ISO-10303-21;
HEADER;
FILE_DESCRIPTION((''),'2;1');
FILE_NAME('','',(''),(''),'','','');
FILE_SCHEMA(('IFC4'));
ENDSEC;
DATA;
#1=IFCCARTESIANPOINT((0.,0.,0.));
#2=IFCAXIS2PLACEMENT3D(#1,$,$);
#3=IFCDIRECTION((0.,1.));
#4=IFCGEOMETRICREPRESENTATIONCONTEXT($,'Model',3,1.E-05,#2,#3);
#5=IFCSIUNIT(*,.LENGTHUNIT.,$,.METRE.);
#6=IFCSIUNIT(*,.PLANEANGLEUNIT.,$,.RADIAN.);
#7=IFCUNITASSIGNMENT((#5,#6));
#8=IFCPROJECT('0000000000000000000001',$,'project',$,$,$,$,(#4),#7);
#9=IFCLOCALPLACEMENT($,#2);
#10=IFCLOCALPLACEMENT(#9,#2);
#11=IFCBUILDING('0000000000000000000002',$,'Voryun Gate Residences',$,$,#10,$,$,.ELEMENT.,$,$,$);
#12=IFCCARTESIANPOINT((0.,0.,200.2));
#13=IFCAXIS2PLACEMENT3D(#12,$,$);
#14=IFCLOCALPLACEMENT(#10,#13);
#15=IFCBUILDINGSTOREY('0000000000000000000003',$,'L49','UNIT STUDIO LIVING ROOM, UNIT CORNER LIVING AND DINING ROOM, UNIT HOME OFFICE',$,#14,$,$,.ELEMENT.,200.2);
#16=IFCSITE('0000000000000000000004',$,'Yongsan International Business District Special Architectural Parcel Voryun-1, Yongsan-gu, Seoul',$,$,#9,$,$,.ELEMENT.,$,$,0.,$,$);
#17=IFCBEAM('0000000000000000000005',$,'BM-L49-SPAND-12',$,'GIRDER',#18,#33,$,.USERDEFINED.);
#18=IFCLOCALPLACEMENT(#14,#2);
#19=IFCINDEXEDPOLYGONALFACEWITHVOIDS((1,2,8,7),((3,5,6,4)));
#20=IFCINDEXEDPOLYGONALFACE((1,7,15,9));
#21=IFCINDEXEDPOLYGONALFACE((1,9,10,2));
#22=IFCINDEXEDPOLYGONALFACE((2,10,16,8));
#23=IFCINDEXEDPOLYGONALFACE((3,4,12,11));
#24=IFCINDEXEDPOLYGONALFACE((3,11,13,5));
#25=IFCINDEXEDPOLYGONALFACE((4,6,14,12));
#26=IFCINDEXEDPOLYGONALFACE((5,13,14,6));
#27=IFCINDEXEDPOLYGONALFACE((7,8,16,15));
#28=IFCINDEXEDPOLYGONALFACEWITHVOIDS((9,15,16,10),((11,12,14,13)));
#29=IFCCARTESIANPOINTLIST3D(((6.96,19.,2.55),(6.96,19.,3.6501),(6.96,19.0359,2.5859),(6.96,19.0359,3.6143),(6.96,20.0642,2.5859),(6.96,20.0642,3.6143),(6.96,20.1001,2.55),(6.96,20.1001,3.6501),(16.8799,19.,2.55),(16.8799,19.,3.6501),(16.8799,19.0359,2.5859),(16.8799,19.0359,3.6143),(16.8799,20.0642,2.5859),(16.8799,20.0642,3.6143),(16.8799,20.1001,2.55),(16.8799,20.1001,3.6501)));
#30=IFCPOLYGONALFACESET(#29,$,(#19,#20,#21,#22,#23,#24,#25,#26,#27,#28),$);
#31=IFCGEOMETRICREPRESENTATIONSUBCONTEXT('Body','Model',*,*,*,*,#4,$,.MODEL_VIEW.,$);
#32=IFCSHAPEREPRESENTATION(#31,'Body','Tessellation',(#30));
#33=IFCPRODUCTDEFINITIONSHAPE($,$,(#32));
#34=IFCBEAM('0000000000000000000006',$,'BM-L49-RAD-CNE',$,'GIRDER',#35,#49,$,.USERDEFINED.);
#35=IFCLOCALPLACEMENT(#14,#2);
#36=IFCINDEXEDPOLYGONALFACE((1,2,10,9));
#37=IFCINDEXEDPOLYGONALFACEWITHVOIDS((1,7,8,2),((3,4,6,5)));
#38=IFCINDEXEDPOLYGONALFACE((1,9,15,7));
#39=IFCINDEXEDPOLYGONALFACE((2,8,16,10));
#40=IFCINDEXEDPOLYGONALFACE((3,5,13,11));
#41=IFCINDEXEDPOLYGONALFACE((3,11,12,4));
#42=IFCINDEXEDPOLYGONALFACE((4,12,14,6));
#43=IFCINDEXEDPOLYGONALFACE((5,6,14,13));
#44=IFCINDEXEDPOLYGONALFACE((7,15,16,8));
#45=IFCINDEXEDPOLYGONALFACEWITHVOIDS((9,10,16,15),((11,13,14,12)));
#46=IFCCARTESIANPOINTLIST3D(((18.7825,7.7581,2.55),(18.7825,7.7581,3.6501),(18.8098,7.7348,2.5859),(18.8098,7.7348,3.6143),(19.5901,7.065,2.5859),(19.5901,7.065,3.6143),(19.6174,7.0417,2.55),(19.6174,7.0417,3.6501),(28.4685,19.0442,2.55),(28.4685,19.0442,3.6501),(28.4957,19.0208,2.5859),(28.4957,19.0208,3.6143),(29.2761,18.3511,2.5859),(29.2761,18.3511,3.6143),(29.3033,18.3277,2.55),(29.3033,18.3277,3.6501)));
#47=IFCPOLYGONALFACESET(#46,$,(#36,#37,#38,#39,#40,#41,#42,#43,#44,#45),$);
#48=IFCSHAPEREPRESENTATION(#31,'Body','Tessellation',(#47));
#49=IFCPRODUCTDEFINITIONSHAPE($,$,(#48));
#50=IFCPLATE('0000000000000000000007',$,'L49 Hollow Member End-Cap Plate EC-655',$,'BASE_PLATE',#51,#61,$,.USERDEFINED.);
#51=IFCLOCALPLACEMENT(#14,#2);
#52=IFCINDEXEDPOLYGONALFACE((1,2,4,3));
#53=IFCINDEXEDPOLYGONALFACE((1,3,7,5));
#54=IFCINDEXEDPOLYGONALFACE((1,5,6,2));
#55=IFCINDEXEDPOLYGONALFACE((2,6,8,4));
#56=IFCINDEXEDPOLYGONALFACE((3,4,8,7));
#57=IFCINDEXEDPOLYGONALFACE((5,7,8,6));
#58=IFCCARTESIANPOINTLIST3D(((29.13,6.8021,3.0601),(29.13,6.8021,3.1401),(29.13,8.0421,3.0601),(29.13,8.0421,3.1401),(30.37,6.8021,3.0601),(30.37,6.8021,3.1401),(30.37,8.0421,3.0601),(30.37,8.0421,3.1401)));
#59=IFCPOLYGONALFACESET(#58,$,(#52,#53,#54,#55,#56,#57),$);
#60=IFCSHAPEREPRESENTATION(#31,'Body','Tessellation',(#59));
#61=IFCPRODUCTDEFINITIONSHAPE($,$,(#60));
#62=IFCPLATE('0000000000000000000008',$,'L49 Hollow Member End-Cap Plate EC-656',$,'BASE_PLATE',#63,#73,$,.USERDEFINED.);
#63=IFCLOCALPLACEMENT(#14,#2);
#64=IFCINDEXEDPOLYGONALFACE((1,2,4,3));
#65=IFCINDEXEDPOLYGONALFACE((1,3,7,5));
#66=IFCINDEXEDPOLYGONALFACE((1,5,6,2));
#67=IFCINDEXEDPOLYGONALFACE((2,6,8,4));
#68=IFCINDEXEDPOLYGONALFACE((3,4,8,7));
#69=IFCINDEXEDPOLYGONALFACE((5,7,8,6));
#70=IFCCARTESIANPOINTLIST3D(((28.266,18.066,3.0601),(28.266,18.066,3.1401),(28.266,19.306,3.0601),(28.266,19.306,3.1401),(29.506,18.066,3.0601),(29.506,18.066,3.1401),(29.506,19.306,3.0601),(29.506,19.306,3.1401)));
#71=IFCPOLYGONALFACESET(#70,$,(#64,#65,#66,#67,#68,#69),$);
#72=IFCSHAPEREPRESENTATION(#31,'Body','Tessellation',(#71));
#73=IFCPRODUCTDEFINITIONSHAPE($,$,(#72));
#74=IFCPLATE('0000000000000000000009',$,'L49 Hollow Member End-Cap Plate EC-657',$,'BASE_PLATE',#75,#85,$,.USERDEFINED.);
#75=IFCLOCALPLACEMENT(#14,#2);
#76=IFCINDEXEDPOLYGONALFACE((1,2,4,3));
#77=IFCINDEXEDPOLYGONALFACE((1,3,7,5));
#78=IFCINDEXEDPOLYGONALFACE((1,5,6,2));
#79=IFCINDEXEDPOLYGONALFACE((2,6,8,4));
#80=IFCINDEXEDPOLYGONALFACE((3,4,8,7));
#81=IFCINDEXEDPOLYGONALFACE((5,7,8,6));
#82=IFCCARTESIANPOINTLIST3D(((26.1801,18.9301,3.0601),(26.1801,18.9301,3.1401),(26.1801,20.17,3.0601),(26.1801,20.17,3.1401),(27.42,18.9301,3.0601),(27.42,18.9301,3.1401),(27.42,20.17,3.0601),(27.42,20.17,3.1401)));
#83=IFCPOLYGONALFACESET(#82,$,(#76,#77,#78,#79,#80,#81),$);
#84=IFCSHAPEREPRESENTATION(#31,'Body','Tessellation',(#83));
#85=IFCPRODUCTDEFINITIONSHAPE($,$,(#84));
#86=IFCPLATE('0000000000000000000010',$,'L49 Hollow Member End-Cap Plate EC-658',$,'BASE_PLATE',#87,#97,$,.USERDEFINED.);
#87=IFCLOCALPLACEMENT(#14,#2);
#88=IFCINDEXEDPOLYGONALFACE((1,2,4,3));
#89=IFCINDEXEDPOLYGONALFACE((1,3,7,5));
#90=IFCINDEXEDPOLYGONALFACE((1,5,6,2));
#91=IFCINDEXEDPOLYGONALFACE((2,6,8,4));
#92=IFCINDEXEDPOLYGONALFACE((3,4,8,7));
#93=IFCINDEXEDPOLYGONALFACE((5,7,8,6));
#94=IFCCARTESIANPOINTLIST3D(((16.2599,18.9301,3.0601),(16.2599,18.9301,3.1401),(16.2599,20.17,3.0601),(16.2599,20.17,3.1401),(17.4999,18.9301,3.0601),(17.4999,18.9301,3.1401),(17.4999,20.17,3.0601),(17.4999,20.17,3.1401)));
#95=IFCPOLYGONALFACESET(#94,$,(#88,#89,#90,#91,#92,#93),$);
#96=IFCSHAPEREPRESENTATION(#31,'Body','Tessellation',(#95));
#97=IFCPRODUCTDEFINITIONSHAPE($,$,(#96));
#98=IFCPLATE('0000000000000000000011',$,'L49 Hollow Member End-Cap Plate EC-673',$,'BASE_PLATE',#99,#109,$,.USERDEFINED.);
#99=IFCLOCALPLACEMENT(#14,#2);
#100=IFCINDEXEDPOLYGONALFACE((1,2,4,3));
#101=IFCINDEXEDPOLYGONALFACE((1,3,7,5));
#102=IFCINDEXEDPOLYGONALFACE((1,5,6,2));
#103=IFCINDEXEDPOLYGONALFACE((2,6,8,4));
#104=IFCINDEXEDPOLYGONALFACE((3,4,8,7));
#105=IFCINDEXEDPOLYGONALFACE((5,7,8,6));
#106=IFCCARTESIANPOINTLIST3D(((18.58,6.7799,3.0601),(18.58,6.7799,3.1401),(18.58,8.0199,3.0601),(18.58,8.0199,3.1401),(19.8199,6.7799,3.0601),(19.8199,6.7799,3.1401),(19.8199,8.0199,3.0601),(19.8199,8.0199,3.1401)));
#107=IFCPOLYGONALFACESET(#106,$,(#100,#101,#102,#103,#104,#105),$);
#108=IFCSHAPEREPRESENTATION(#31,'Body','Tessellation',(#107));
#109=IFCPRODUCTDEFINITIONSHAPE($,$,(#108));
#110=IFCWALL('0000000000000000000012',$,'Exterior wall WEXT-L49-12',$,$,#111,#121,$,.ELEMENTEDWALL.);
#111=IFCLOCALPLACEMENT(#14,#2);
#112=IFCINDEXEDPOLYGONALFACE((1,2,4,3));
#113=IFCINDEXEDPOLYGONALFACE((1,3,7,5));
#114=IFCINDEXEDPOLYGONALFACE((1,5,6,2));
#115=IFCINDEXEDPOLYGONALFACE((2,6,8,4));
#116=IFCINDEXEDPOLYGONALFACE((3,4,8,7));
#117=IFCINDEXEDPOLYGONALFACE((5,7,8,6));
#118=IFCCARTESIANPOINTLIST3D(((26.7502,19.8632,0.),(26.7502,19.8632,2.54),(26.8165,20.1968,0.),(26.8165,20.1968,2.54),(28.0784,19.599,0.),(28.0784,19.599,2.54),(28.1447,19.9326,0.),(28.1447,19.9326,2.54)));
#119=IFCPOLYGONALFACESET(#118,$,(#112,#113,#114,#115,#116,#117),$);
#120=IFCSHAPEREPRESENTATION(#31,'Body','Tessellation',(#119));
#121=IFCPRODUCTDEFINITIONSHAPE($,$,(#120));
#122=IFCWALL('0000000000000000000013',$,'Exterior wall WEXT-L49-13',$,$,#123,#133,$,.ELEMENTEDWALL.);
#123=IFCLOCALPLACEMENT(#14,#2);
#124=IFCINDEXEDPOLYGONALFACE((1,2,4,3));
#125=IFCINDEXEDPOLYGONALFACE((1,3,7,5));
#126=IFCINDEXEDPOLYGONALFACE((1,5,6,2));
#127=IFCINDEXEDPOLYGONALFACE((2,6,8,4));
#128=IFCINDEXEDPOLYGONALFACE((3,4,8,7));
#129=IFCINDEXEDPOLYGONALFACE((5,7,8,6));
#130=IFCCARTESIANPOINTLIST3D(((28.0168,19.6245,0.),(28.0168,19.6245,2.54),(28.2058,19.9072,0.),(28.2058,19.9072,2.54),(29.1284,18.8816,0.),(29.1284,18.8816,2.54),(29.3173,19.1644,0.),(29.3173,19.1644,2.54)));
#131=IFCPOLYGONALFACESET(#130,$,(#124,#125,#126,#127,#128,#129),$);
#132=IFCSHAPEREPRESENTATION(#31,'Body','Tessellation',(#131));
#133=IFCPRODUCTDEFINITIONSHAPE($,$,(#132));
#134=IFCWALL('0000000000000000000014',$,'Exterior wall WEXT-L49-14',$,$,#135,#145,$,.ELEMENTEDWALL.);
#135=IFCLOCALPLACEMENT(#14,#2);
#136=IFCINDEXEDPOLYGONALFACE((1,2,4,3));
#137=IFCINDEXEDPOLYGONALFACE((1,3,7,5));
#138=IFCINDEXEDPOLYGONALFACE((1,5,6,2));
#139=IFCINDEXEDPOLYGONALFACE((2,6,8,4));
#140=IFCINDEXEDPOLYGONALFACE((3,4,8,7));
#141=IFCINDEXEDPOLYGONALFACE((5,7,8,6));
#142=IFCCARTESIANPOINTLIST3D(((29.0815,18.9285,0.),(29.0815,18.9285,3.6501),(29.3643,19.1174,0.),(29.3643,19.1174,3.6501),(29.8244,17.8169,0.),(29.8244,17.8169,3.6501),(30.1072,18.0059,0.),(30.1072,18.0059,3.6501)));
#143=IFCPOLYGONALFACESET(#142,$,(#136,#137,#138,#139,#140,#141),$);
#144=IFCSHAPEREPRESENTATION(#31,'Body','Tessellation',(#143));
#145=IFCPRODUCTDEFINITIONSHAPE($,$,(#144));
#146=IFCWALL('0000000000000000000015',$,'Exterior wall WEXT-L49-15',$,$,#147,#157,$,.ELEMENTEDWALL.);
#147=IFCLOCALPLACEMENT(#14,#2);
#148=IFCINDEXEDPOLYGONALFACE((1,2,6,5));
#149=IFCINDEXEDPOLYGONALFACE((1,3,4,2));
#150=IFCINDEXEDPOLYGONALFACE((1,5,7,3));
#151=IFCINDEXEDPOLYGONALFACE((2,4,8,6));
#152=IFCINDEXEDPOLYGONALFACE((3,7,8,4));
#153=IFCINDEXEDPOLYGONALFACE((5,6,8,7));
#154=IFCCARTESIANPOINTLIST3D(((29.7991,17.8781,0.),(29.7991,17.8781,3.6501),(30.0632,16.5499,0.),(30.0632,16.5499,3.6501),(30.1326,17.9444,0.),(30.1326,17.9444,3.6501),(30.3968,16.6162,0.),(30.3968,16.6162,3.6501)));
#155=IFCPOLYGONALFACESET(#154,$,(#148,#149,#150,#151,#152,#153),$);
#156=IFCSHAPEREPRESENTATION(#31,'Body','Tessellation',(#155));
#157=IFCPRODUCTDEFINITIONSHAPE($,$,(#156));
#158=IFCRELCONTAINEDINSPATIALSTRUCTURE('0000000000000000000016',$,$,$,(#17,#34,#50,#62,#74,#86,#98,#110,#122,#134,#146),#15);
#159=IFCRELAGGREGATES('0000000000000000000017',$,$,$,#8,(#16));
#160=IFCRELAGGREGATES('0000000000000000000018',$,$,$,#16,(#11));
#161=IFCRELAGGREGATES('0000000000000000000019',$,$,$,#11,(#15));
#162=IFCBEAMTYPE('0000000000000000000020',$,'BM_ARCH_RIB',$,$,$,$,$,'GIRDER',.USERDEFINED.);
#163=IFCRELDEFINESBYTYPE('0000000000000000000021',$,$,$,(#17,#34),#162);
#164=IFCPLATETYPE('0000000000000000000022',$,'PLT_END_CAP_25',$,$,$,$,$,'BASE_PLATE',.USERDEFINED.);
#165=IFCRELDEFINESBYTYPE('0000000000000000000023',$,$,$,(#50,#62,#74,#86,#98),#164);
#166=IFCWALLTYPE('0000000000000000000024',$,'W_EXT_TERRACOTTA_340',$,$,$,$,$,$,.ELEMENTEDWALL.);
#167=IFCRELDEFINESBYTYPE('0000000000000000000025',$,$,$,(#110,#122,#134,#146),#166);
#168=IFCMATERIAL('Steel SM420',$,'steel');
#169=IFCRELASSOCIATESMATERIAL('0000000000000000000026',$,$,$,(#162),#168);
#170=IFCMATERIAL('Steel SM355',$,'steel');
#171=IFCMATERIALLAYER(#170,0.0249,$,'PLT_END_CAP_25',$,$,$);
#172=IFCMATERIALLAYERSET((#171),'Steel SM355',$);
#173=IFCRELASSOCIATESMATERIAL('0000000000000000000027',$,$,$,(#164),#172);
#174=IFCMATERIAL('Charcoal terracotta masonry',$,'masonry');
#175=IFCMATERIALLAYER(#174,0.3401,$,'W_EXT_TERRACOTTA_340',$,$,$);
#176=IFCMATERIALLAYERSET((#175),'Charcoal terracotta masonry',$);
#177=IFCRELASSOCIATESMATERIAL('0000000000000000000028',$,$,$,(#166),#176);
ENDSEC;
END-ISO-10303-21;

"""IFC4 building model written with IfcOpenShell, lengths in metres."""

from ifc_helpers import new_model, si_unit, direction, frame, frame_2d, origin, origin_2d, place, context, subcontext, project, spatial, rectangle, hollow_rectangle, extrude, material, layer, layer_set, material_profile, profile_set, type_object, element, save


model = new_model("IFC4")

# Units and contexts
model_context = context("Model", 3, precision=1e-05, world=origin(), true_north=direction((0.0, 1.0)))
body_context = subcontext(model_context, "Body", "Model", "MODEL_VIEW")
ifc_project = project(units=[si_unit("LENGTHUNIT", "METRE"), si_unit("PLANEANGLEUNIT", "RADIAN")], contexts=[model_context])

# Site, building, storey
site_placement = place(None, origin())
site = spatial("IfcSite", under=ifc_project, at=site_placement, Name="Yongsan International Business District Special Architectural Parcel Voryun-1, Yongsan-gu, Seoul", CompositionType="ELEMENT", RefElevation=0.0)
building_placement = place(site_placement, origin())
building = spatial("IfcBuilding", under=site, at=building_placement, Name="Voryun Gate Residences", CompositionType="ELEMENT")
storey_placement = place(building_placement, frame((0.0, 0.0, 200.2)))
storey = spatial("IfcBuildingStorey", under=building, at=storey_placement, Name="L49", Description="UNIT STUDIO LIVING ROOM, UNIT CORNER LIVING AND DINING ROOM, UNIT HOME OFFICE", CompositionType="ELEMENT", Elevation=200.2)

# Beams
ifc_material_1 = material(Name="Steel SM420", Category="steel")
ifc_material_profile_1 = material_profile(ifc_material_1, hollow_rectangle(XDim=1.1001, YDim=1.1001, WallThickness=0.0359, at=origin_2d()), Name="BOX-1100x1100x36")
ifc_profile_set_1 = profile_set([ifc_material_profile_1], Name="Steel SM420")
beam_type = type_object("IfcBeamType", Name="BM_ARCH_RIB", ElementType="GIRDER", PredefinedType="USERDEFINED", material=ifc_profile_set_1)
beam_1_placement = place(storey_placement, frame((16.8799, 19.55, 3.1001), z_axis=(-1.0, 0.0, 0.0), x_axis=(0.0, -1.0, 0.0)))
element("IfcBeam", 1, at=beam_1_placement, inside=storey, type_object=beam_type, Name="BM-L49-SPAND-12", ObjectType="GIRDER", PredefinedType="USERDEFINED", context=body_context, shape_type="SweptSolid", body=[
    extrude(hollow_rectangle(XDim=1.1001, YDim=1.1001, WallThickness=0.0359, at=origin_2d()), origin(), (0.0, 0.0, 1.0), 9.9199),
])
beam_2_placement = place(storey_placement, frame((19.2, 7.3999, 3.1001), z_axis=(0.651264, 0.758851, 0.0), x_axis=(-0.758851, 0.651264, 0.0)))
element("IfcBeam", 2, at=beam_2_placement, inside=storey, type_object=beam_type, Name="BM-L49-RAD-CNE", ObjectType="GIRDER", PredefinedType="USERDEFINED", context=body_context, shape_type="SweptSolid", body=[
    extrude(hollow_rectangle(XDim=1.1001, YDim=1.1001, WallThickness=0.0359, at=origin_2d()), origin(), (0.0, 0.0, 1.0), 14.8726),
])

# Plates
ifc_material_2 = material(Name="Steel SM355", Category="steel")
ifc_layer_1 = layer(ifc_material_2, 0.0249, Name="PLT_END_CAP_25")
ifc_layer_set_1 = layer_set([ifc_layer_1], Name="Steel SM355")
plate_type = type_object("IfcPlateType", Name="PLT_END_CAP_25", ElementType="BASE_PLATE", PredefinedType="USERDEFINED", material=ifc_layer_set_1)
for number, where, z_axis, x_axis, name in (
    (3, (29.75, 7.4221, 3.0601), (0.0, 0.0, 1.0), (1.0, 0.0, 0.0), "L49 Hollow Member End-Cap Plate EC-655"),
    (4, (28.886, 18.686, 3.0601), (0.0, 0.0, 1.0), (1.0, 0.0, 0.0), "L49 Hollow Member End-Cap Plate EC-656"),
    (5, (26.8, 19.55, 3.0601), (0.0, 0.0, 1.0), (1.0, 0.0, 0.0), "L49 Hollow Member End-Cap Plate EC-657"),
    (6, (16.8799, 19.55, 3.0601), (0.0, 0.0, 1.0), (1.0, 0.0, 0.0), "L49 Hollow Member End-Cap Plate EC-658"),
    (7, (19.2, 7.3999, 3.0601), (0.0, 0.0, 1.0), (1.0, 0.0, 0.0), "L49 Hollow Member End-Cap Plate EC-673"),
):
    element("IfcPlate", number, at=place(storey_placement, frame(where, z_axis=z_axis, x_axis=x_axis)), inside=storey, type_object=plate_type, Name=name, ObjectType="BASE_PLATE", PredefinedType="USERDEFINED", context=body_context, shape_type="SweptSolid", body=[
        extrude(rectangle(XDim=1.24, YDim=1.24, at=origin_2d()), origin(), (0.0, 0.0, 1.0), 0.0801),
    ])

# Walls
ifc_material_3 = material(Name="Charcoal terracotta masonry", Category="masonry")
ifc_layer_2 = layer(ifc_material_3, 0.3401, Name="W_EXT_TERRACOTTA_340")
ifc_layer_set_2 = layer_set([ifc_layer_2], Name="Charcoal terracotta masonry")
wall_type_1 = type_object("IfcWallType", Name="W_EXT_TERRACOTTA_340", PredefinedType="ELEMENTEDWALL", material=ifc_layer_set_2)
wall_1_placement = place(storey_placement, frame((26.7832, 20.03, 0.0), z_axis=(0.0, 0.0, 1.0), x_axis=(0.980788, -0.195076, 0.0)))
element("IfcWall", 8, at=wall_1_placement, inside=storey, type_object=wall_type_1, Name="Exterior wall WEXT-L49-12", PredefinedType="ELEMENTEDWALL", context=body_context, shape_type="SweptSolid", body=[
    extrude(rectangle(XDim=1.3542, YDim=0.3401, at=frame_2d((0.6772, 0.0))), origin(), (0.0, 0.0, 1.0), 2.54),
])
wall_2_placement = place(storey_placement, frame((28.1113, 19.7659, 0.0), z_axis=(0.0, 0.0, 1.0), x_axis=(0.831404, -0.555669, 0.0)))
element("IfcWall", 9, at=wall_2_placement, inside=storey, type_object=wall_type_1, Name="Exterior wall WEXT-L49-13", PredefinedType="ELEMENTEDWALL", context=body_context, shape_type="SweptSolid", body=[
    extrude(rectangle(XDim=1.3369, YDim=0.3401, at=frame_2d((0.6685, 0.0))), origin(), (0.0, 0.0, 1.0), 2.54),
])
wall_3_placement = place(storey_placement, frame((29.2229, 19.0229, 0.0), z_axis=(0.0, 0.0, 1.0), x_axis=(0.555669, -0.831404, 0.0)))
element("IfcWall", 10, at=wall_3_placement, inside=storey, type_object=wall_type_1, Name="Exterior wall WEXT-L49-14", PredefinedType="ELEMENTEDWALL", context=body_context, shape_type="SweptSolid", body=[
    extrude(rectangle(XDim=1.3369, YDim=0.3401, at=frame_2d((0.6685, 0.0))), origin(), (0.0, 0.0, 1.0), 3.6501),
])
wall_4_placement = place(storey_placement, frame((29.9658, 17.9114, 0.0), z_axis=(0.0, 0.0, 1.0), x_axis=(0.195076, -0.980788, 0.0)))
element("IfcWall", 11, at=wall_4_placement, inside=storey, type_object=wall_type_1, Name="Exterior wall WEXT-L49-15", PredefinedType="ELEMENTEDWALL", context=body_context, shape_type="SweptSolid", body=[
    extrude(rectangle(XDim=1.3542, YDim=0.3401, at=frame_2d((0.6772, 0.0))), origin(), (0.0, 0.0, 1.0), 3.6501),
])

save(model, "model.ifc")
